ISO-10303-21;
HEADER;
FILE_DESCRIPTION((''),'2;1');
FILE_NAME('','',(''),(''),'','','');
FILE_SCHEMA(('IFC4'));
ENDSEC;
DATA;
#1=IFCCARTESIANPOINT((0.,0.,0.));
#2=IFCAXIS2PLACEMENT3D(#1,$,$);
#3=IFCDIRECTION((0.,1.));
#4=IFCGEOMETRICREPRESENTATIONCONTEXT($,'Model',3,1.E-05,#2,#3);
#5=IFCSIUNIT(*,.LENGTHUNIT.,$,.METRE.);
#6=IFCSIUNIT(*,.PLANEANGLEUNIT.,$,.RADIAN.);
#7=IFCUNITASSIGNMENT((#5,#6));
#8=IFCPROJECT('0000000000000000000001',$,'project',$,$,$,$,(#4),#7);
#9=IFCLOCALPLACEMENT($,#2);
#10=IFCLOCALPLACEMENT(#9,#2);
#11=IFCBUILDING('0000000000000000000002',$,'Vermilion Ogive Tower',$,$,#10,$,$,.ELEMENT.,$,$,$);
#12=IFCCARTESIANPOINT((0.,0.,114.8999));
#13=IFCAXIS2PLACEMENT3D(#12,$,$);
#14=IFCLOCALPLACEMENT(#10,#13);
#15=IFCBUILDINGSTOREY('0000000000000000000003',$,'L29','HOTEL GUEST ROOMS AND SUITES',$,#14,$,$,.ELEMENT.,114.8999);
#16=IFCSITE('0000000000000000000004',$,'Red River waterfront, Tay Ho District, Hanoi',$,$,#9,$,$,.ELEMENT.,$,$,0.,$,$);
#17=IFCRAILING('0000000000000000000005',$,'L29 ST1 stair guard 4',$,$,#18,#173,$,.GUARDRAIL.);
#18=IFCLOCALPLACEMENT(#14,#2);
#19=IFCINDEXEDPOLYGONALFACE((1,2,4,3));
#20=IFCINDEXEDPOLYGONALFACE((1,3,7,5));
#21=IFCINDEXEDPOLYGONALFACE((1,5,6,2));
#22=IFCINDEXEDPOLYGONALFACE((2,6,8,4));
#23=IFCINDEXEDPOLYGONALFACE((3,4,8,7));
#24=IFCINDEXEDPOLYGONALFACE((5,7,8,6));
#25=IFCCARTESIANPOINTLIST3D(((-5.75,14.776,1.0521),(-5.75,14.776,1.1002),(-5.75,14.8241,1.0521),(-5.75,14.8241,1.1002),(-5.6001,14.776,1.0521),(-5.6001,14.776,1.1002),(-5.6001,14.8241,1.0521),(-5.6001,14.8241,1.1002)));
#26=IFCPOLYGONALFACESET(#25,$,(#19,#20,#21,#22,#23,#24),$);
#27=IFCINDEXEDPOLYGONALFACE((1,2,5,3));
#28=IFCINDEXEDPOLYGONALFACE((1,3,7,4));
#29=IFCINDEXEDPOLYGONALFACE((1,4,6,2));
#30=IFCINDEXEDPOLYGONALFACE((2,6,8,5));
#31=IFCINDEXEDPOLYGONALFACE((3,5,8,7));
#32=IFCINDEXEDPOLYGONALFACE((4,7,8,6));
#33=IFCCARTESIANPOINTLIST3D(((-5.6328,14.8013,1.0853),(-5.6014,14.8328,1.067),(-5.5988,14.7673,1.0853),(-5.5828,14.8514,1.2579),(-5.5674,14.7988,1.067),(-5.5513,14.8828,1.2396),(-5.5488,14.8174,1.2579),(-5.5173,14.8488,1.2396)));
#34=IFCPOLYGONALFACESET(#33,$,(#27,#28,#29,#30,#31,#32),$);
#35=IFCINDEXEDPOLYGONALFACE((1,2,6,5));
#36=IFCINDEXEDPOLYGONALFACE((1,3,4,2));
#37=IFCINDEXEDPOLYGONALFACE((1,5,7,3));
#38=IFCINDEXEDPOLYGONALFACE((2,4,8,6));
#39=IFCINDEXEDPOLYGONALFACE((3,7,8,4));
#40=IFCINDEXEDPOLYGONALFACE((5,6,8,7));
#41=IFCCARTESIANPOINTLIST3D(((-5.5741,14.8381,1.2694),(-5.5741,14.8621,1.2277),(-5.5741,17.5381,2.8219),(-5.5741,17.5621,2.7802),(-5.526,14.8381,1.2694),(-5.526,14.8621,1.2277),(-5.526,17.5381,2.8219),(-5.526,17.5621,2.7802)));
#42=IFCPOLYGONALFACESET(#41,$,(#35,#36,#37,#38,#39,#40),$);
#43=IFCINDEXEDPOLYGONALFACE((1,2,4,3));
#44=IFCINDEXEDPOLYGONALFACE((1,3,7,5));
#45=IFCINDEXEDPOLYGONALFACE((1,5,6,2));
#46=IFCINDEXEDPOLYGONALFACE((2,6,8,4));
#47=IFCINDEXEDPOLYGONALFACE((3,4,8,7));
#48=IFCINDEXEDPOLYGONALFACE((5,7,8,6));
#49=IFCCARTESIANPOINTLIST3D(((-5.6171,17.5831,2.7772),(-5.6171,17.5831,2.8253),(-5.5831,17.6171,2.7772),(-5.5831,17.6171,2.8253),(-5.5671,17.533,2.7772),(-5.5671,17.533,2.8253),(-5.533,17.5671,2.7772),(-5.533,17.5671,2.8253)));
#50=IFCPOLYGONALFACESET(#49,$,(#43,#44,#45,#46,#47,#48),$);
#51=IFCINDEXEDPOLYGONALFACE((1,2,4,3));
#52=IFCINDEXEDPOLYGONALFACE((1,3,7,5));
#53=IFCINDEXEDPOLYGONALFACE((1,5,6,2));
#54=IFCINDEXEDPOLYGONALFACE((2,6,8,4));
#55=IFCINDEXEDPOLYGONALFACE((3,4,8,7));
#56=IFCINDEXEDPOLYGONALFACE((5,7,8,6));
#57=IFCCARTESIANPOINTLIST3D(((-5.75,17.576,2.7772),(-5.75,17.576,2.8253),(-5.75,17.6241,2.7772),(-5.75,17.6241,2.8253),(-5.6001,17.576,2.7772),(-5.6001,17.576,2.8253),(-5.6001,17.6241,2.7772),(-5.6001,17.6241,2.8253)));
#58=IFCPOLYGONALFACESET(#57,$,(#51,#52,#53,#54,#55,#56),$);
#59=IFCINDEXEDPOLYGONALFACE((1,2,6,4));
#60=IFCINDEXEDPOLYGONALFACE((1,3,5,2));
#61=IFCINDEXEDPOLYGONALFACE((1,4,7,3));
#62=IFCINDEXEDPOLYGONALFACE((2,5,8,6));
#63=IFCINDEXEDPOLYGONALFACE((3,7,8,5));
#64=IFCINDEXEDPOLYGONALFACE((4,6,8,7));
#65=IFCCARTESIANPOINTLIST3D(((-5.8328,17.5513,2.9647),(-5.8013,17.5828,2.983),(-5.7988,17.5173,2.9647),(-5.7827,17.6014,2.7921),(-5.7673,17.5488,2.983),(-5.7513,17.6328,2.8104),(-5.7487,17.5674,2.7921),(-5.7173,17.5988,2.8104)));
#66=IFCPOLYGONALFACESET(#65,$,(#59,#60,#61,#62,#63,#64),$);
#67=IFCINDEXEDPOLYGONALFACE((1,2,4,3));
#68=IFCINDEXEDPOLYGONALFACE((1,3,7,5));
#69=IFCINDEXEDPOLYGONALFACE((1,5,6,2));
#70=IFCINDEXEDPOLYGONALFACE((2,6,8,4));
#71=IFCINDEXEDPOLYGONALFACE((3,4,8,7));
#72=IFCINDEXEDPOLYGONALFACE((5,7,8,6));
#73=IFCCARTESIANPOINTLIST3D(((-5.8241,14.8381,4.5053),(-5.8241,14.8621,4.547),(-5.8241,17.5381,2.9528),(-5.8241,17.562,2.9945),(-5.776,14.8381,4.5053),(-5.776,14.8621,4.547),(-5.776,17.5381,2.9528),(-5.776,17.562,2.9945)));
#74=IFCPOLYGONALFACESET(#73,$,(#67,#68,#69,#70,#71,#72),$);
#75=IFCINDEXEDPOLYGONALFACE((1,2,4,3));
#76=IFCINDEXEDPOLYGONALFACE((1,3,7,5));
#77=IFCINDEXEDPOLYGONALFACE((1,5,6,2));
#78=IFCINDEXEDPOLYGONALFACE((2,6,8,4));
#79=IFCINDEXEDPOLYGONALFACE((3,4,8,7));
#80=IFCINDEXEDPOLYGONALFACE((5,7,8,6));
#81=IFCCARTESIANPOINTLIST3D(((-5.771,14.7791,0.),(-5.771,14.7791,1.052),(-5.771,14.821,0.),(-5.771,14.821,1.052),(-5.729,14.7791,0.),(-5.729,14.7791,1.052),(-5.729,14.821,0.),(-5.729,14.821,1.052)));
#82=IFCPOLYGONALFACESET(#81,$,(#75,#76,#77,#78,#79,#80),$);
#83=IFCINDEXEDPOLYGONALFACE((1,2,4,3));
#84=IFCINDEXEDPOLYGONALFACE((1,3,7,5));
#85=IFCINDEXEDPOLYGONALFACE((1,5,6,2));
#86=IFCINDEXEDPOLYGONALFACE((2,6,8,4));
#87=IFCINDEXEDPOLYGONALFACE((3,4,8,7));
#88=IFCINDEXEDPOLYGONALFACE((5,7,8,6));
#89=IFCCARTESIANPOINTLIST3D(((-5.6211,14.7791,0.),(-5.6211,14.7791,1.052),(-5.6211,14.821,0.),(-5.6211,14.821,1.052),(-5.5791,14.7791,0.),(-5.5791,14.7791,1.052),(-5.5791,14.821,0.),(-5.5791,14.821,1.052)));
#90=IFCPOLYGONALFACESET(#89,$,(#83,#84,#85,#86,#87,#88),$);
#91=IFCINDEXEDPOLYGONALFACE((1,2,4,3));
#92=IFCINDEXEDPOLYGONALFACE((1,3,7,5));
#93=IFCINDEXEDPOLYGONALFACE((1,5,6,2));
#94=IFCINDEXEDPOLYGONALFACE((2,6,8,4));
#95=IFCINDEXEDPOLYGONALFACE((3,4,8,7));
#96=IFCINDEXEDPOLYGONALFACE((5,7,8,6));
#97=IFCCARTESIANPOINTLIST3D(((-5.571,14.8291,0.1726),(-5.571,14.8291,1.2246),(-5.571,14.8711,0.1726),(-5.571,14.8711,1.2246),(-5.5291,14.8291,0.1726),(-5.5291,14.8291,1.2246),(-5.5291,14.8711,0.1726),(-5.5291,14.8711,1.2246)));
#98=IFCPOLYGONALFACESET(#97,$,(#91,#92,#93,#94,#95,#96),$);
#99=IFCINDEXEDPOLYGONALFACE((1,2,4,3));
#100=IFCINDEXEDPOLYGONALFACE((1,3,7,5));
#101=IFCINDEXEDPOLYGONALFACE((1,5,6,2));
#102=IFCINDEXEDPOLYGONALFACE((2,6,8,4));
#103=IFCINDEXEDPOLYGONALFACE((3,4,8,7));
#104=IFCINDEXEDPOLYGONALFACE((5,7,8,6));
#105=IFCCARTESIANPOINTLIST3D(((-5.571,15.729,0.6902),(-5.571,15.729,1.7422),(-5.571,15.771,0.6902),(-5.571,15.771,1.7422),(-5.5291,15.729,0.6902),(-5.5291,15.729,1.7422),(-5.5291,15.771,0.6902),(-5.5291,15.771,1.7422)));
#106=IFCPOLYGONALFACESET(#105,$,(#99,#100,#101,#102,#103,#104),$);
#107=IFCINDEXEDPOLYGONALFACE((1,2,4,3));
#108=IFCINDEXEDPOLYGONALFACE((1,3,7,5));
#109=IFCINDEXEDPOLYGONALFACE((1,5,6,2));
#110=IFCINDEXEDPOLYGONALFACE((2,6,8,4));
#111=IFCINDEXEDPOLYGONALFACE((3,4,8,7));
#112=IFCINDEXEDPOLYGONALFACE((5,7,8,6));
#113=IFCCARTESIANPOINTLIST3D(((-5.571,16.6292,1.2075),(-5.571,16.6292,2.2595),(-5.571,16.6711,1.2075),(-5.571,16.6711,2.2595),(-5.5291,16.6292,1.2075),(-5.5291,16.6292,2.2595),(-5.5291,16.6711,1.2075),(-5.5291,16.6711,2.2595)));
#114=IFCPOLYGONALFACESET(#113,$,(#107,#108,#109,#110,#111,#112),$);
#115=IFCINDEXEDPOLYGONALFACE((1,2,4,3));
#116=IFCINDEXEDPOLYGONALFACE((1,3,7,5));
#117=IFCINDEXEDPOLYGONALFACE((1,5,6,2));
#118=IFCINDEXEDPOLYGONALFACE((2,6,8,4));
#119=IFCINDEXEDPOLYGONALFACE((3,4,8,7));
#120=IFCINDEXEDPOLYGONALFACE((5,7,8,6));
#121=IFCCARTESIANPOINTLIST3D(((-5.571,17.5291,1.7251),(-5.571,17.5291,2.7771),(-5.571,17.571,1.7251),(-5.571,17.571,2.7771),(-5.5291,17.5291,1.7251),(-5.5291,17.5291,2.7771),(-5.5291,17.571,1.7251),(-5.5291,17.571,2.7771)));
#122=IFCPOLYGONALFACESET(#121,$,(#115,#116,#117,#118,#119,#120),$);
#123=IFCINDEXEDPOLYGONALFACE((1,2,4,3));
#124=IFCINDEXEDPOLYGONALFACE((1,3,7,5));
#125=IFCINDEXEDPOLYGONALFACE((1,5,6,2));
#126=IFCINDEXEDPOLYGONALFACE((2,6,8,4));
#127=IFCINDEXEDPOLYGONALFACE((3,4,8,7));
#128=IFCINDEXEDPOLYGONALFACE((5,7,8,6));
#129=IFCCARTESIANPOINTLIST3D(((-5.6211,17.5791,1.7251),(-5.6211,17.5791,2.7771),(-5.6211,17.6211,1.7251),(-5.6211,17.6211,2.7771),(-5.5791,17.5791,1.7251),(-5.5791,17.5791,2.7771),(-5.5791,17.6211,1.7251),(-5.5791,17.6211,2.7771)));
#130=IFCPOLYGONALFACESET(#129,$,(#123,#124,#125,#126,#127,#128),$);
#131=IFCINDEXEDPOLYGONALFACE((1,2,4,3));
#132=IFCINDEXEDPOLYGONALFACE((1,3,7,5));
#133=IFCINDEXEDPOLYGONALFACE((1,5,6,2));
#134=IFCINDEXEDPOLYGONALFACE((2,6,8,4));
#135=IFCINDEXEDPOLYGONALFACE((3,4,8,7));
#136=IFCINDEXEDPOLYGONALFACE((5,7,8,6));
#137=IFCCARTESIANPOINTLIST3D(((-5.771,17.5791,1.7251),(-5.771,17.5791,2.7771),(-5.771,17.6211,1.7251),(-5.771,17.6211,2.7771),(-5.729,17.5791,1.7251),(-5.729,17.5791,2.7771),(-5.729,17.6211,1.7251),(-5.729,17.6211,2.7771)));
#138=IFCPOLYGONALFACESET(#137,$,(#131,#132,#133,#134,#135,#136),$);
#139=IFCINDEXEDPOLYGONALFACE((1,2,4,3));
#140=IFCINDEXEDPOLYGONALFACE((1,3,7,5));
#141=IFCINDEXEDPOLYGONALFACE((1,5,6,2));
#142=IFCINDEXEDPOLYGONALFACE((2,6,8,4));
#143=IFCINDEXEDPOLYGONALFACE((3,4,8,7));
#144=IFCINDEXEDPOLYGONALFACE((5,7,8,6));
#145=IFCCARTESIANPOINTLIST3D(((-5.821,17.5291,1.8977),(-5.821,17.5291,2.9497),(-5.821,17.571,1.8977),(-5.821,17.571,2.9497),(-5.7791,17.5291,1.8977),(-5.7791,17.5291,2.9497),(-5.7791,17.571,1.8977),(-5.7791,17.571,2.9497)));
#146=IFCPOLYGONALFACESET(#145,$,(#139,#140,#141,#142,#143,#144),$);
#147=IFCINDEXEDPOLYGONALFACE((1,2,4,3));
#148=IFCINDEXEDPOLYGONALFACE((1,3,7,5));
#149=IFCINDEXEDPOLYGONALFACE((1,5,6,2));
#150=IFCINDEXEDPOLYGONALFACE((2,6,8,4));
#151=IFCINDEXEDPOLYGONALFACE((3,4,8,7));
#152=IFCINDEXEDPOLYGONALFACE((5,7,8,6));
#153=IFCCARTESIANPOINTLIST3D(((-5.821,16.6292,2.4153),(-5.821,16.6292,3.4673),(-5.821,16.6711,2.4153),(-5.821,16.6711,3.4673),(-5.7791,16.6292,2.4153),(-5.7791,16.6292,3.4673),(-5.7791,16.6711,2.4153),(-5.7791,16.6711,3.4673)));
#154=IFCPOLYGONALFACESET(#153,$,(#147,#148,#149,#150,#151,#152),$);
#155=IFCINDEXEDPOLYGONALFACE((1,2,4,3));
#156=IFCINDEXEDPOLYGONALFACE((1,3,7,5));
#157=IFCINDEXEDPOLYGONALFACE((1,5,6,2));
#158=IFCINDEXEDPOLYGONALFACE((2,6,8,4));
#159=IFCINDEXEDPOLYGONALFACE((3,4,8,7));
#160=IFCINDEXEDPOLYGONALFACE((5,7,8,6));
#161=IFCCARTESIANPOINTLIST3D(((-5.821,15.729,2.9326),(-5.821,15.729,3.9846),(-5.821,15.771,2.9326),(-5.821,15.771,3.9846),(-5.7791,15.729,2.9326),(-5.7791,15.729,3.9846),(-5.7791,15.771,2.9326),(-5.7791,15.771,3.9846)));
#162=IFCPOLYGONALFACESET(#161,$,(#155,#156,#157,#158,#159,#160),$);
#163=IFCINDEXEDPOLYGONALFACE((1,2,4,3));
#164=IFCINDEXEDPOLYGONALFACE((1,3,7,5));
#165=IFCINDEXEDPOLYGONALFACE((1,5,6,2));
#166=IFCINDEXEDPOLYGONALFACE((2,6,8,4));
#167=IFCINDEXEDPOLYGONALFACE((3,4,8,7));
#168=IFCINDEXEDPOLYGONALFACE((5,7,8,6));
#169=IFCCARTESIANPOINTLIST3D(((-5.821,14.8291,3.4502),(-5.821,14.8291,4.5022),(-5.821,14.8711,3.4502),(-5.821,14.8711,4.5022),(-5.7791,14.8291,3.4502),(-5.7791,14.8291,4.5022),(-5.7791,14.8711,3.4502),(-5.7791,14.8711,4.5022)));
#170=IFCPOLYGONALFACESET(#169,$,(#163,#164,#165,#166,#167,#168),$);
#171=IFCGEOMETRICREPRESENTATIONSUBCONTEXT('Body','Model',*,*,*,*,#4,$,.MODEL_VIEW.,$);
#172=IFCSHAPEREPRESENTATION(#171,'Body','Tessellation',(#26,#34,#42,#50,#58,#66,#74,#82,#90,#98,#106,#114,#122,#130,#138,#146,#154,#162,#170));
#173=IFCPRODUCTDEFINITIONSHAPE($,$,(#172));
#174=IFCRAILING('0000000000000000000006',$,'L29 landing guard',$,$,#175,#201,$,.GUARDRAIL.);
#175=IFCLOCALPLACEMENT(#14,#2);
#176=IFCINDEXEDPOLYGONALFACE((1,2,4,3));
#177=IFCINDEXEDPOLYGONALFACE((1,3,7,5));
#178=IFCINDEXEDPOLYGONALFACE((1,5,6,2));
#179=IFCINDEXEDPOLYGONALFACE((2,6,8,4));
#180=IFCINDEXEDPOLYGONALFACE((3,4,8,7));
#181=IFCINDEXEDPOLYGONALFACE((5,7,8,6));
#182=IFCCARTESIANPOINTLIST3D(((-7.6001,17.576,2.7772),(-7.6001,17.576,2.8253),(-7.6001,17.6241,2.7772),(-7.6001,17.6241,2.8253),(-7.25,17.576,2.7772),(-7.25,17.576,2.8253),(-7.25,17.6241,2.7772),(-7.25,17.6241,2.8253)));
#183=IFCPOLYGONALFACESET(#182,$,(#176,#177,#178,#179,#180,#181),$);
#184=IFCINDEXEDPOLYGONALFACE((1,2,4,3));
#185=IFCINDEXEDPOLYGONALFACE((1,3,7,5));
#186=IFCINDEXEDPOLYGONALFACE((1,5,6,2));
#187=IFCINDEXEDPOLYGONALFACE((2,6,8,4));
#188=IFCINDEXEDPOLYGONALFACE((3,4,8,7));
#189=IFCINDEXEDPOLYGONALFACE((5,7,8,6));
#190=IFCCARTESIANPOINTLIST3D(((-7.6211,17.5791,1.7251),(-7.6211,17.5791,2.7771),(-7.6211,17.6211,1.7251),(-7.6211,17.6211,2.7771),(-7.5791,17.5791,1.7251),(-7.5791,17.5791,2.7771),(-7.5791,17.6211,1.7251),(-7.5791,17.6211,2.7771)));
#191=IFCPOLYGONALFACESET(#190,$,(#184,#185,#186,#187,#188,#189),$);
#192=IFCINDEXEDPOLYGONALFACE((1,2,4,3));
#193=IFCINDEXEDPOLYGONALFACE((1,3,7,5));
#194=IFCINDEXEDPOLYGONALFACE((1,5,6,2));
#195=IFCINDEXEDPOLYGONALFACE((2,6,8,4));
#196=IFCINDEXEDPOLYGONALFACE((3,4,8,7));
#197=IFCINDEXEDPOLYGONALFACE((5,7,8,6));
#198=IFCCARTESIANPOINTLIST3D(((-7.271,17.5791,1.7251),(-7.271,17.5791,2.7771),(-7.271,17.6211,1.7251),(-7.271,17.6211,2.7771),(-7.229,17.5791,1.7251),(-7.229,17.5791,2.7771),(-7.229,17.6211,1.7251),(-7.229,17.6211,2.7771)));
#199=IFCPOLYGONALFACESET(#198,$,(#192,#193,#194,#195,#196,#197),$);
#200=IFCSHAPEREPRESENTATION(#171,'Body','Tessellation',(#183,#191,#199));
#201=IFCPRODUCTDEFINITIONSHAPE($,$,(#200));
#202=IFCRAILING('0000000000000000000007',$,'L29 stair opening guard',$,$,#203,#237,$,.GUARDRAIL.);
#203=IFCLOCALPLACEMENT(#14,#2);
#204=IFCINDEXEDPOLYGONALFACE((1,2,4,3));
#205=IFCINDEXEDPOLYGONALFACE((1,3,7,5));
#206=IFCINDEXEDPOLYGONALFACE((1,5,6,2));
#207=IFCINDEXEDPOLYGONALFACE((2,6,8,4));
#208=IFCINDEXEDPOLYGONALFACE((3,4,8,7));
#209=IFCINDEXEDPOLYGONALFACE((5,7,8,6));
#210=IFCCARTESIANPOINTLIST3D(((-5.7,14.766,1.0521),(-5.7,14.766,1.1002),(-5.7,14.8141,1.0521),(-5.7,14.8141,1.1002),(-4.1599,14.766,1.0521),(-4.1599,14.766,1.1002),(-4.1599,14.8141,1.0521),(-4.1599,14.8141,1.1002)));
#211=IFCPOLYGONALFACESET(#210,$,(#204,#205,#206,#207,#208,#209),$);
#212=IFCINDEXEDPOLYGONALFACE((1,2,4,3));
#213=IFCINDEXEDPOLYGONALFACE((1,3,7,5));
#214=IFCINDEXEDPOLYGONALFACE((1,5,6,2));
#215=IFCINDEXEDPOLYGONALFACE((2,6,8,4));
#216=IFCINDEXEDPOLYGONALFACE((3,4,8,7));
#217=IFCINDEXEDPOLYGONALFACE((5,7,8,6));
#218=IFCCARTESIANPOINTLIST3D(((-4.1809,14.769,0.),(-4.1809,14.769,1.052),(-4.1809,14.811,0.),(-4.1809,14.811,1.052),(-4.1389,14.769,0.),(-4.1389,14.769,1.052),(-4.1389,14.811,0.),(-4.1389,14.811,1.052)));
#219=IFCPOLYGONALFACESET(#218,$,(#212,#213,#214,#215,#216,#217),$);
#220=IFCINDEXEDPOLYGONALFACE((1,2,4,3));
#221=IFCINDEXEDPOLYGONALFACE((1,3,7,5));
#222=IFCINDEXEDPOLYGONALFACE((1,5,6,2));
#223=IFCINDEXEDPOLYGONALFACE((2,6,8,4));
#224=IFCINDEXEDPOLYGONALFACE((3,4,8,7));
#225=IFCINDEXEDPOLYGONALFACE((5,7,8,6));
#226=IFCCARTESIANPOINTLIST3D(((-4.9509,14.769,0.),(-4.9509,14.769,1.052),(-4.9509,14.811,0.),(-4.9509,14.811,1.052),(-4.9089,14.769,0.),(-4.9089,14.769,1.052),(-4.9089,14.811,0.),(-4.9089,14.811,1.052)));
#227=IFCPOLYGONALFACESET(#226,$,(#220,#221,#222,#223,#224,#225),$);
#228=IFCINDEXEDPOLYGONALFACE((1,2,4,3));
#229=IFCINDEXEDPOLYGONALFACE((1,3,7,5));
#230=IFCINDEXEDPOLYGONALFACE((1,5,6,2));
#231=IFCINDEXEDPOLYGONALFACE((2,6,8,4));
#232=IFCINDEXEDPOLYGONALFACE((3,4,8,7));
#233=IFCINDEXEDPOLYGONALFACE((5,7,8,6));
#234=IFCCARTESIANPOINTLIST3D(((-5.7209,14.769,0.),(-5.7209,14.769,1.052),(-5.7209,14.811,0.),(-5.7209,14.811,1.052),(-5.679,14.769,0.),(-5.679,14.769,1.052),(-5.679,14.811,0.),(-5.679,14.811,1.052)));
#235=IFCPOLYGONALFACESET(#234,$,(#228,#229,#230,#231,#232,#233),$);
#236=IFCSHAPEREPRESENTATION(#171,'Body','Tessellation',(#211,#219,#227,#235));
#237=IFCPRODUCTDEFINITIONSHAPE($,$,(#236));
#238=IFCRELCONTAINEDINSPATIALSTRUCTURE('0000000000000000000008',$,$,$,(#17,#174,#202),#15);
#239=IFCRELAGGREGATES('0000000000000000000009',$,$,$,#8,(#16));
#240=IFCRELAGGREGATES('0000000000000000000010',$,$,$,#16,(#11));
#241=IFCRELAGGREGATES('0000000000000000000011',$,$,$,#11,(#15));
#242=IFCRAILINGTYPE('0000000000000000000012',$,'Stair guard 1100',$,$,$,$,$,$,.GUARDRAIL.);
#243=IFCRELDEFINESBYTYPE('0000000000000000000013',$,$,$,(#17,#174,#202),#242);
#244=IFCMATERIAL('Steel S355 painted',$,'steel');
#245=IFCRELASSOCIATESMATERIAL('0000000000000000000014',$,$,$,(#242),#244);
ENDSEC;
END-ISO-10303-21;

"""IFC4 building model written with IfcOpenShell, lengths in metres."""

from ifc_helpers import new_model, si_unit, direction, frame, origin, origin_2d, place, context, subcontext, project, spatial, rectangle, extrude, material, type_object, element, save


model = new_model("IFC4")

# Units and contexts
model_context = context("Model", 3, precision=1e-05, world=origin(), true_north=direction((0.0, 1.0)))
body_context = subcontext(model_context, "Body", "Model", "MODEL_VIEW")
ifc_project = project(units=[si_unit("LENGTHUNIT", "METRE"), si_unit("PLANEANGLEUNIT", "RADIAN")], contexts=[model_context])

# Site, building, storey
site_placement = place(None, origin())
site = spatial("IfcSite", under=ifc_project, at=site_placement, Name="Red River waterfront, Tay Ho District, Hanoi", CompositionType="ELEMENT", RefElevation=0.0)
building_placement = place(site_placement, origin())
building = spatial("IfcBuilding", under=site, at=building_placement, Name="Vermilion Ogive Tower", CompositionType="ELEMENT")
storey_placement = place(building_placement, frame((0.0, 0.0, 114.8999)))
storey = spatial("IfcBuildingStorey", under=building, at=storey_placement, Name="L29", Description="HOTEL GUEST ROOMS AND SUITES", CompositionType="ELEMENT", Elevation=114.8999)

# Railings
ifc_material_1 = material(Name="Steel S355 painted", Category="steel")
railing_type_1 = type_object("IfcRailingType", Name="Stair guard 1100", PredefinedType="GUARDRAIL", material=ifc_material_1)
railing_1_placement = place(storey_placement, frame((-5.75, 14.8, 0.0)))
element("IfcRailing", 1, at=railing_1_placement, inside=storey, type_object=railing_type_1, Name="L29 ST1 stair guard 4", PredefinedType="GUARDRAIL", context=body_context, shape_type="SweptSolid", body=[
    extrude(rectangle(XDim=0.0481, YDim=0.0481, at=origin_2d()), frame((0.0, 0.0, 1.0762), z_axis=(1.0, 0.0, 0.0), x_axis=(0.0, 1.0, 0.0)), (0.0, 0.0, 1.0), 0.1499),
    extrude(rectangle(XDim=0.0481, YDim=0.0481, at=origin_2d()), frame((0.1499, 0.0, 1.0762), z_axis=(0.268278, 0.268278, 0.925232), x_axis=(-0.707107, 0.707107, 0.0)), (0.0, 0.0, 1.0), 0.1865),
    extrude(rectangle(XDim=0.0481, YDim=0.0481, at=origin_2d()), frame((0.2, 0.05, 1.2485), z_axis=(0.0, 0.866904, 0.498476), x_axis=(-1.0, 0.0, 0.0)), (0.0, 0.0, 1.0), 3.1145),
    extrude(rectangle(XDim=0.0481, YDim=0.0481, at=origin_2d()), frame((0.2, 2.75, 2.8013), z_axis=(-0.707107, 0.707107, 0.0), x_axis=(-0.707107, -0.707107, 0.0)), (0.0, 0.0, 1.0), 0.0708),
    extrude(rectangle(XDim=0.0481, YDim=0.0481, at=origin_2d()), frame((0.1499, 2.8, 2.8013), z_axis=(-1.0, 0.0, 0.0), x_axis=(0.0, -1.0, 0.0)), (0.0, 0.0, 1.0), 0.1499),
    extrude(rectangle(XDim=0.0481, YDim=0.0481, at=origin_2d()), frame((0.0, 2.8, 2.8013), z_axis=(-0.268278, -0.268278, 0.925232), x_axis=(0.707107, -0.707107, 0.0)), (0.0, 0.0, 1.0), 0.1865),
    extrude(rectangle(XDim=0.0481, YDim=0.0481, at=origin_2d()), frame((-0.05, 2.75, 2.9736), z_axis=(0.0, -0.866904, 0.498476), x_axis=(1.0, 0.0, 0.0)), (0.0, 0.0, 1.0), 3.1145),
    extrude(rectangle(XDim=0.042, YDim=0.042, at=origin_2d()), origin(), (0.0, 0.0, 1.0), 1.052),
    extrude(rectangle(XDim=0.042, YDim=0.042, at=origin_2d()), frame((0.1499, 0.0, 0.0)), (0.0, 0.0, 1.0), 1.052),
    extrude(rectangle(XDim=0.042, YDim=0.042, at=origin_2d()), frame((0.2, 0.05, 0.1726)), (0.0, 0.0, 1.0), 1.052),
    extrude(rectangle(XDim=0.042, YDim=0.042, at=origin_2d()), frame((0.2, 0.95, 0.6902)), (0.0, 0.0, 1.0), 1.052),
    extrude(rectangle(XDim=0.042, YDim=0.042, at=origin_2d()), frame((0.2, 1.8501, 1.2075)), (0.0, 0.0, 1.0), 1.052),
    extrude(rectangle(XDim=0.042, YDim=0.042, at=origin_2d()), frame((0.2, 2.75, 1.7251)), (0.0, 0.0, 1.0), 1.052),
    extrude(rectangle(XDim=0.042, YDim=0.042, at=origin_2d()), frame((0.1499, 2.8, 1.7251)), (0.0, 0.0, 1.0), 1.052),
    extrude(rectangle(XDim=0.042, YDim=0.042, at=origin_2d()), frame((0.0, 2.8, 1.7251)), (0.0, 0.0, 1.0), 1.052),
    extrude(rectangle(XDim=0.042, YDim=0.042, at=origin_2d()), frame((-0.05, 2.75, 1.8977)), (0.0, 0.0, 1.0), 1.052),
    extrude(rectangle(XDim=0.042, YDim=0.042, at=origin_2d()), frame((-0.05, 1.8501, 2.4153)), (0.0, 0.0, 1.0), 1.052),
    extrude(rectangle(XDim=0.042, YDim=0.042, at=origin_2d()), frame((-0.05, 0.95, 2.9326)), (0.0, 0.0, 1.0), 1.052),
    extrude(rectangle(XDim=0.042, YDim=0.042, at=origin_2d()), frame((-0.05, 0.05, 3.4502)), (0.0, 0.0, 1.0), 1.052),
])
railing_2_placement = place(storey_placement, frame((-7.6001, 17.6001, 1.7251)))
element("IfcRailing", 2, at=railing_2_placement, inside=storey, type_object=railing_type_1, Name="L29 landing guard", PredefinedType="GUARDRAIL", context=body_context, shape_type="SweptSolid", body=[
    extrude(rectangle(XDim=0.0481, YDim=0.0481, at=origin_2d()), frame((0.0, 0.0, 1.0762), z_axis=(1.0, 0.0, 0.0), x_axis=(0.0, 1.0, 0.0)), (0.0, 0.0, 1.0), 0.3501),
    extrude(rectangle(XDim=0.042, YDim=0.042, at=origin_2d()), origin(), (0.0, 0.0, 1.0), 1.052),
    extrude(rectangle(XDim=0.042, YDim=0.042, at=origin_2d()), frame((0.3501, 0.0, 0.0)), (0.0, 0.0, 1.0), 1.052),
])
railing_3_placement = place(storey_placement, frame((-4.1599, 14.79, 0.0)))
element("IfcRailing", 3, at=railing_3_placement, inside=storey, type_object=railing_type_1, Name="L29 stair opening guard", PredefinedType="GUARDRAIL", context=body_context, shape_type="SweptSolid", body=[
    extrude(rectangle(XDim=0.0481, YDim=0.0481, at=origin_2d()), frame((0.0, 0.0, 1.0762), z_axis=(-1.0, 0.0, 0.0), x_axis=(0.0, -1.0, 0.0)), (0.0, 0.0, 1.0), 1.54),
    extrude(rectangle(XDim=0.042, YDim=0.042, at=origin_2d()), origin(), (0.0, 0.0, 1.0), 1.052),
    extrude(rectangle(XDim=0.042, YDim=0.042, at=origin_2d()), frame((-0.77, 0.0, 0.0)), (0.0, 0.0, 1.0), 1.052),
    extrude(rectangle(XDim=0.042, YDim=0.042, at=origin_2d()), frame((-1.54, 0.0, 0.0)), (0.0, 0.0, 1.0), 1.052),
])

save(model, "model.ifc")
